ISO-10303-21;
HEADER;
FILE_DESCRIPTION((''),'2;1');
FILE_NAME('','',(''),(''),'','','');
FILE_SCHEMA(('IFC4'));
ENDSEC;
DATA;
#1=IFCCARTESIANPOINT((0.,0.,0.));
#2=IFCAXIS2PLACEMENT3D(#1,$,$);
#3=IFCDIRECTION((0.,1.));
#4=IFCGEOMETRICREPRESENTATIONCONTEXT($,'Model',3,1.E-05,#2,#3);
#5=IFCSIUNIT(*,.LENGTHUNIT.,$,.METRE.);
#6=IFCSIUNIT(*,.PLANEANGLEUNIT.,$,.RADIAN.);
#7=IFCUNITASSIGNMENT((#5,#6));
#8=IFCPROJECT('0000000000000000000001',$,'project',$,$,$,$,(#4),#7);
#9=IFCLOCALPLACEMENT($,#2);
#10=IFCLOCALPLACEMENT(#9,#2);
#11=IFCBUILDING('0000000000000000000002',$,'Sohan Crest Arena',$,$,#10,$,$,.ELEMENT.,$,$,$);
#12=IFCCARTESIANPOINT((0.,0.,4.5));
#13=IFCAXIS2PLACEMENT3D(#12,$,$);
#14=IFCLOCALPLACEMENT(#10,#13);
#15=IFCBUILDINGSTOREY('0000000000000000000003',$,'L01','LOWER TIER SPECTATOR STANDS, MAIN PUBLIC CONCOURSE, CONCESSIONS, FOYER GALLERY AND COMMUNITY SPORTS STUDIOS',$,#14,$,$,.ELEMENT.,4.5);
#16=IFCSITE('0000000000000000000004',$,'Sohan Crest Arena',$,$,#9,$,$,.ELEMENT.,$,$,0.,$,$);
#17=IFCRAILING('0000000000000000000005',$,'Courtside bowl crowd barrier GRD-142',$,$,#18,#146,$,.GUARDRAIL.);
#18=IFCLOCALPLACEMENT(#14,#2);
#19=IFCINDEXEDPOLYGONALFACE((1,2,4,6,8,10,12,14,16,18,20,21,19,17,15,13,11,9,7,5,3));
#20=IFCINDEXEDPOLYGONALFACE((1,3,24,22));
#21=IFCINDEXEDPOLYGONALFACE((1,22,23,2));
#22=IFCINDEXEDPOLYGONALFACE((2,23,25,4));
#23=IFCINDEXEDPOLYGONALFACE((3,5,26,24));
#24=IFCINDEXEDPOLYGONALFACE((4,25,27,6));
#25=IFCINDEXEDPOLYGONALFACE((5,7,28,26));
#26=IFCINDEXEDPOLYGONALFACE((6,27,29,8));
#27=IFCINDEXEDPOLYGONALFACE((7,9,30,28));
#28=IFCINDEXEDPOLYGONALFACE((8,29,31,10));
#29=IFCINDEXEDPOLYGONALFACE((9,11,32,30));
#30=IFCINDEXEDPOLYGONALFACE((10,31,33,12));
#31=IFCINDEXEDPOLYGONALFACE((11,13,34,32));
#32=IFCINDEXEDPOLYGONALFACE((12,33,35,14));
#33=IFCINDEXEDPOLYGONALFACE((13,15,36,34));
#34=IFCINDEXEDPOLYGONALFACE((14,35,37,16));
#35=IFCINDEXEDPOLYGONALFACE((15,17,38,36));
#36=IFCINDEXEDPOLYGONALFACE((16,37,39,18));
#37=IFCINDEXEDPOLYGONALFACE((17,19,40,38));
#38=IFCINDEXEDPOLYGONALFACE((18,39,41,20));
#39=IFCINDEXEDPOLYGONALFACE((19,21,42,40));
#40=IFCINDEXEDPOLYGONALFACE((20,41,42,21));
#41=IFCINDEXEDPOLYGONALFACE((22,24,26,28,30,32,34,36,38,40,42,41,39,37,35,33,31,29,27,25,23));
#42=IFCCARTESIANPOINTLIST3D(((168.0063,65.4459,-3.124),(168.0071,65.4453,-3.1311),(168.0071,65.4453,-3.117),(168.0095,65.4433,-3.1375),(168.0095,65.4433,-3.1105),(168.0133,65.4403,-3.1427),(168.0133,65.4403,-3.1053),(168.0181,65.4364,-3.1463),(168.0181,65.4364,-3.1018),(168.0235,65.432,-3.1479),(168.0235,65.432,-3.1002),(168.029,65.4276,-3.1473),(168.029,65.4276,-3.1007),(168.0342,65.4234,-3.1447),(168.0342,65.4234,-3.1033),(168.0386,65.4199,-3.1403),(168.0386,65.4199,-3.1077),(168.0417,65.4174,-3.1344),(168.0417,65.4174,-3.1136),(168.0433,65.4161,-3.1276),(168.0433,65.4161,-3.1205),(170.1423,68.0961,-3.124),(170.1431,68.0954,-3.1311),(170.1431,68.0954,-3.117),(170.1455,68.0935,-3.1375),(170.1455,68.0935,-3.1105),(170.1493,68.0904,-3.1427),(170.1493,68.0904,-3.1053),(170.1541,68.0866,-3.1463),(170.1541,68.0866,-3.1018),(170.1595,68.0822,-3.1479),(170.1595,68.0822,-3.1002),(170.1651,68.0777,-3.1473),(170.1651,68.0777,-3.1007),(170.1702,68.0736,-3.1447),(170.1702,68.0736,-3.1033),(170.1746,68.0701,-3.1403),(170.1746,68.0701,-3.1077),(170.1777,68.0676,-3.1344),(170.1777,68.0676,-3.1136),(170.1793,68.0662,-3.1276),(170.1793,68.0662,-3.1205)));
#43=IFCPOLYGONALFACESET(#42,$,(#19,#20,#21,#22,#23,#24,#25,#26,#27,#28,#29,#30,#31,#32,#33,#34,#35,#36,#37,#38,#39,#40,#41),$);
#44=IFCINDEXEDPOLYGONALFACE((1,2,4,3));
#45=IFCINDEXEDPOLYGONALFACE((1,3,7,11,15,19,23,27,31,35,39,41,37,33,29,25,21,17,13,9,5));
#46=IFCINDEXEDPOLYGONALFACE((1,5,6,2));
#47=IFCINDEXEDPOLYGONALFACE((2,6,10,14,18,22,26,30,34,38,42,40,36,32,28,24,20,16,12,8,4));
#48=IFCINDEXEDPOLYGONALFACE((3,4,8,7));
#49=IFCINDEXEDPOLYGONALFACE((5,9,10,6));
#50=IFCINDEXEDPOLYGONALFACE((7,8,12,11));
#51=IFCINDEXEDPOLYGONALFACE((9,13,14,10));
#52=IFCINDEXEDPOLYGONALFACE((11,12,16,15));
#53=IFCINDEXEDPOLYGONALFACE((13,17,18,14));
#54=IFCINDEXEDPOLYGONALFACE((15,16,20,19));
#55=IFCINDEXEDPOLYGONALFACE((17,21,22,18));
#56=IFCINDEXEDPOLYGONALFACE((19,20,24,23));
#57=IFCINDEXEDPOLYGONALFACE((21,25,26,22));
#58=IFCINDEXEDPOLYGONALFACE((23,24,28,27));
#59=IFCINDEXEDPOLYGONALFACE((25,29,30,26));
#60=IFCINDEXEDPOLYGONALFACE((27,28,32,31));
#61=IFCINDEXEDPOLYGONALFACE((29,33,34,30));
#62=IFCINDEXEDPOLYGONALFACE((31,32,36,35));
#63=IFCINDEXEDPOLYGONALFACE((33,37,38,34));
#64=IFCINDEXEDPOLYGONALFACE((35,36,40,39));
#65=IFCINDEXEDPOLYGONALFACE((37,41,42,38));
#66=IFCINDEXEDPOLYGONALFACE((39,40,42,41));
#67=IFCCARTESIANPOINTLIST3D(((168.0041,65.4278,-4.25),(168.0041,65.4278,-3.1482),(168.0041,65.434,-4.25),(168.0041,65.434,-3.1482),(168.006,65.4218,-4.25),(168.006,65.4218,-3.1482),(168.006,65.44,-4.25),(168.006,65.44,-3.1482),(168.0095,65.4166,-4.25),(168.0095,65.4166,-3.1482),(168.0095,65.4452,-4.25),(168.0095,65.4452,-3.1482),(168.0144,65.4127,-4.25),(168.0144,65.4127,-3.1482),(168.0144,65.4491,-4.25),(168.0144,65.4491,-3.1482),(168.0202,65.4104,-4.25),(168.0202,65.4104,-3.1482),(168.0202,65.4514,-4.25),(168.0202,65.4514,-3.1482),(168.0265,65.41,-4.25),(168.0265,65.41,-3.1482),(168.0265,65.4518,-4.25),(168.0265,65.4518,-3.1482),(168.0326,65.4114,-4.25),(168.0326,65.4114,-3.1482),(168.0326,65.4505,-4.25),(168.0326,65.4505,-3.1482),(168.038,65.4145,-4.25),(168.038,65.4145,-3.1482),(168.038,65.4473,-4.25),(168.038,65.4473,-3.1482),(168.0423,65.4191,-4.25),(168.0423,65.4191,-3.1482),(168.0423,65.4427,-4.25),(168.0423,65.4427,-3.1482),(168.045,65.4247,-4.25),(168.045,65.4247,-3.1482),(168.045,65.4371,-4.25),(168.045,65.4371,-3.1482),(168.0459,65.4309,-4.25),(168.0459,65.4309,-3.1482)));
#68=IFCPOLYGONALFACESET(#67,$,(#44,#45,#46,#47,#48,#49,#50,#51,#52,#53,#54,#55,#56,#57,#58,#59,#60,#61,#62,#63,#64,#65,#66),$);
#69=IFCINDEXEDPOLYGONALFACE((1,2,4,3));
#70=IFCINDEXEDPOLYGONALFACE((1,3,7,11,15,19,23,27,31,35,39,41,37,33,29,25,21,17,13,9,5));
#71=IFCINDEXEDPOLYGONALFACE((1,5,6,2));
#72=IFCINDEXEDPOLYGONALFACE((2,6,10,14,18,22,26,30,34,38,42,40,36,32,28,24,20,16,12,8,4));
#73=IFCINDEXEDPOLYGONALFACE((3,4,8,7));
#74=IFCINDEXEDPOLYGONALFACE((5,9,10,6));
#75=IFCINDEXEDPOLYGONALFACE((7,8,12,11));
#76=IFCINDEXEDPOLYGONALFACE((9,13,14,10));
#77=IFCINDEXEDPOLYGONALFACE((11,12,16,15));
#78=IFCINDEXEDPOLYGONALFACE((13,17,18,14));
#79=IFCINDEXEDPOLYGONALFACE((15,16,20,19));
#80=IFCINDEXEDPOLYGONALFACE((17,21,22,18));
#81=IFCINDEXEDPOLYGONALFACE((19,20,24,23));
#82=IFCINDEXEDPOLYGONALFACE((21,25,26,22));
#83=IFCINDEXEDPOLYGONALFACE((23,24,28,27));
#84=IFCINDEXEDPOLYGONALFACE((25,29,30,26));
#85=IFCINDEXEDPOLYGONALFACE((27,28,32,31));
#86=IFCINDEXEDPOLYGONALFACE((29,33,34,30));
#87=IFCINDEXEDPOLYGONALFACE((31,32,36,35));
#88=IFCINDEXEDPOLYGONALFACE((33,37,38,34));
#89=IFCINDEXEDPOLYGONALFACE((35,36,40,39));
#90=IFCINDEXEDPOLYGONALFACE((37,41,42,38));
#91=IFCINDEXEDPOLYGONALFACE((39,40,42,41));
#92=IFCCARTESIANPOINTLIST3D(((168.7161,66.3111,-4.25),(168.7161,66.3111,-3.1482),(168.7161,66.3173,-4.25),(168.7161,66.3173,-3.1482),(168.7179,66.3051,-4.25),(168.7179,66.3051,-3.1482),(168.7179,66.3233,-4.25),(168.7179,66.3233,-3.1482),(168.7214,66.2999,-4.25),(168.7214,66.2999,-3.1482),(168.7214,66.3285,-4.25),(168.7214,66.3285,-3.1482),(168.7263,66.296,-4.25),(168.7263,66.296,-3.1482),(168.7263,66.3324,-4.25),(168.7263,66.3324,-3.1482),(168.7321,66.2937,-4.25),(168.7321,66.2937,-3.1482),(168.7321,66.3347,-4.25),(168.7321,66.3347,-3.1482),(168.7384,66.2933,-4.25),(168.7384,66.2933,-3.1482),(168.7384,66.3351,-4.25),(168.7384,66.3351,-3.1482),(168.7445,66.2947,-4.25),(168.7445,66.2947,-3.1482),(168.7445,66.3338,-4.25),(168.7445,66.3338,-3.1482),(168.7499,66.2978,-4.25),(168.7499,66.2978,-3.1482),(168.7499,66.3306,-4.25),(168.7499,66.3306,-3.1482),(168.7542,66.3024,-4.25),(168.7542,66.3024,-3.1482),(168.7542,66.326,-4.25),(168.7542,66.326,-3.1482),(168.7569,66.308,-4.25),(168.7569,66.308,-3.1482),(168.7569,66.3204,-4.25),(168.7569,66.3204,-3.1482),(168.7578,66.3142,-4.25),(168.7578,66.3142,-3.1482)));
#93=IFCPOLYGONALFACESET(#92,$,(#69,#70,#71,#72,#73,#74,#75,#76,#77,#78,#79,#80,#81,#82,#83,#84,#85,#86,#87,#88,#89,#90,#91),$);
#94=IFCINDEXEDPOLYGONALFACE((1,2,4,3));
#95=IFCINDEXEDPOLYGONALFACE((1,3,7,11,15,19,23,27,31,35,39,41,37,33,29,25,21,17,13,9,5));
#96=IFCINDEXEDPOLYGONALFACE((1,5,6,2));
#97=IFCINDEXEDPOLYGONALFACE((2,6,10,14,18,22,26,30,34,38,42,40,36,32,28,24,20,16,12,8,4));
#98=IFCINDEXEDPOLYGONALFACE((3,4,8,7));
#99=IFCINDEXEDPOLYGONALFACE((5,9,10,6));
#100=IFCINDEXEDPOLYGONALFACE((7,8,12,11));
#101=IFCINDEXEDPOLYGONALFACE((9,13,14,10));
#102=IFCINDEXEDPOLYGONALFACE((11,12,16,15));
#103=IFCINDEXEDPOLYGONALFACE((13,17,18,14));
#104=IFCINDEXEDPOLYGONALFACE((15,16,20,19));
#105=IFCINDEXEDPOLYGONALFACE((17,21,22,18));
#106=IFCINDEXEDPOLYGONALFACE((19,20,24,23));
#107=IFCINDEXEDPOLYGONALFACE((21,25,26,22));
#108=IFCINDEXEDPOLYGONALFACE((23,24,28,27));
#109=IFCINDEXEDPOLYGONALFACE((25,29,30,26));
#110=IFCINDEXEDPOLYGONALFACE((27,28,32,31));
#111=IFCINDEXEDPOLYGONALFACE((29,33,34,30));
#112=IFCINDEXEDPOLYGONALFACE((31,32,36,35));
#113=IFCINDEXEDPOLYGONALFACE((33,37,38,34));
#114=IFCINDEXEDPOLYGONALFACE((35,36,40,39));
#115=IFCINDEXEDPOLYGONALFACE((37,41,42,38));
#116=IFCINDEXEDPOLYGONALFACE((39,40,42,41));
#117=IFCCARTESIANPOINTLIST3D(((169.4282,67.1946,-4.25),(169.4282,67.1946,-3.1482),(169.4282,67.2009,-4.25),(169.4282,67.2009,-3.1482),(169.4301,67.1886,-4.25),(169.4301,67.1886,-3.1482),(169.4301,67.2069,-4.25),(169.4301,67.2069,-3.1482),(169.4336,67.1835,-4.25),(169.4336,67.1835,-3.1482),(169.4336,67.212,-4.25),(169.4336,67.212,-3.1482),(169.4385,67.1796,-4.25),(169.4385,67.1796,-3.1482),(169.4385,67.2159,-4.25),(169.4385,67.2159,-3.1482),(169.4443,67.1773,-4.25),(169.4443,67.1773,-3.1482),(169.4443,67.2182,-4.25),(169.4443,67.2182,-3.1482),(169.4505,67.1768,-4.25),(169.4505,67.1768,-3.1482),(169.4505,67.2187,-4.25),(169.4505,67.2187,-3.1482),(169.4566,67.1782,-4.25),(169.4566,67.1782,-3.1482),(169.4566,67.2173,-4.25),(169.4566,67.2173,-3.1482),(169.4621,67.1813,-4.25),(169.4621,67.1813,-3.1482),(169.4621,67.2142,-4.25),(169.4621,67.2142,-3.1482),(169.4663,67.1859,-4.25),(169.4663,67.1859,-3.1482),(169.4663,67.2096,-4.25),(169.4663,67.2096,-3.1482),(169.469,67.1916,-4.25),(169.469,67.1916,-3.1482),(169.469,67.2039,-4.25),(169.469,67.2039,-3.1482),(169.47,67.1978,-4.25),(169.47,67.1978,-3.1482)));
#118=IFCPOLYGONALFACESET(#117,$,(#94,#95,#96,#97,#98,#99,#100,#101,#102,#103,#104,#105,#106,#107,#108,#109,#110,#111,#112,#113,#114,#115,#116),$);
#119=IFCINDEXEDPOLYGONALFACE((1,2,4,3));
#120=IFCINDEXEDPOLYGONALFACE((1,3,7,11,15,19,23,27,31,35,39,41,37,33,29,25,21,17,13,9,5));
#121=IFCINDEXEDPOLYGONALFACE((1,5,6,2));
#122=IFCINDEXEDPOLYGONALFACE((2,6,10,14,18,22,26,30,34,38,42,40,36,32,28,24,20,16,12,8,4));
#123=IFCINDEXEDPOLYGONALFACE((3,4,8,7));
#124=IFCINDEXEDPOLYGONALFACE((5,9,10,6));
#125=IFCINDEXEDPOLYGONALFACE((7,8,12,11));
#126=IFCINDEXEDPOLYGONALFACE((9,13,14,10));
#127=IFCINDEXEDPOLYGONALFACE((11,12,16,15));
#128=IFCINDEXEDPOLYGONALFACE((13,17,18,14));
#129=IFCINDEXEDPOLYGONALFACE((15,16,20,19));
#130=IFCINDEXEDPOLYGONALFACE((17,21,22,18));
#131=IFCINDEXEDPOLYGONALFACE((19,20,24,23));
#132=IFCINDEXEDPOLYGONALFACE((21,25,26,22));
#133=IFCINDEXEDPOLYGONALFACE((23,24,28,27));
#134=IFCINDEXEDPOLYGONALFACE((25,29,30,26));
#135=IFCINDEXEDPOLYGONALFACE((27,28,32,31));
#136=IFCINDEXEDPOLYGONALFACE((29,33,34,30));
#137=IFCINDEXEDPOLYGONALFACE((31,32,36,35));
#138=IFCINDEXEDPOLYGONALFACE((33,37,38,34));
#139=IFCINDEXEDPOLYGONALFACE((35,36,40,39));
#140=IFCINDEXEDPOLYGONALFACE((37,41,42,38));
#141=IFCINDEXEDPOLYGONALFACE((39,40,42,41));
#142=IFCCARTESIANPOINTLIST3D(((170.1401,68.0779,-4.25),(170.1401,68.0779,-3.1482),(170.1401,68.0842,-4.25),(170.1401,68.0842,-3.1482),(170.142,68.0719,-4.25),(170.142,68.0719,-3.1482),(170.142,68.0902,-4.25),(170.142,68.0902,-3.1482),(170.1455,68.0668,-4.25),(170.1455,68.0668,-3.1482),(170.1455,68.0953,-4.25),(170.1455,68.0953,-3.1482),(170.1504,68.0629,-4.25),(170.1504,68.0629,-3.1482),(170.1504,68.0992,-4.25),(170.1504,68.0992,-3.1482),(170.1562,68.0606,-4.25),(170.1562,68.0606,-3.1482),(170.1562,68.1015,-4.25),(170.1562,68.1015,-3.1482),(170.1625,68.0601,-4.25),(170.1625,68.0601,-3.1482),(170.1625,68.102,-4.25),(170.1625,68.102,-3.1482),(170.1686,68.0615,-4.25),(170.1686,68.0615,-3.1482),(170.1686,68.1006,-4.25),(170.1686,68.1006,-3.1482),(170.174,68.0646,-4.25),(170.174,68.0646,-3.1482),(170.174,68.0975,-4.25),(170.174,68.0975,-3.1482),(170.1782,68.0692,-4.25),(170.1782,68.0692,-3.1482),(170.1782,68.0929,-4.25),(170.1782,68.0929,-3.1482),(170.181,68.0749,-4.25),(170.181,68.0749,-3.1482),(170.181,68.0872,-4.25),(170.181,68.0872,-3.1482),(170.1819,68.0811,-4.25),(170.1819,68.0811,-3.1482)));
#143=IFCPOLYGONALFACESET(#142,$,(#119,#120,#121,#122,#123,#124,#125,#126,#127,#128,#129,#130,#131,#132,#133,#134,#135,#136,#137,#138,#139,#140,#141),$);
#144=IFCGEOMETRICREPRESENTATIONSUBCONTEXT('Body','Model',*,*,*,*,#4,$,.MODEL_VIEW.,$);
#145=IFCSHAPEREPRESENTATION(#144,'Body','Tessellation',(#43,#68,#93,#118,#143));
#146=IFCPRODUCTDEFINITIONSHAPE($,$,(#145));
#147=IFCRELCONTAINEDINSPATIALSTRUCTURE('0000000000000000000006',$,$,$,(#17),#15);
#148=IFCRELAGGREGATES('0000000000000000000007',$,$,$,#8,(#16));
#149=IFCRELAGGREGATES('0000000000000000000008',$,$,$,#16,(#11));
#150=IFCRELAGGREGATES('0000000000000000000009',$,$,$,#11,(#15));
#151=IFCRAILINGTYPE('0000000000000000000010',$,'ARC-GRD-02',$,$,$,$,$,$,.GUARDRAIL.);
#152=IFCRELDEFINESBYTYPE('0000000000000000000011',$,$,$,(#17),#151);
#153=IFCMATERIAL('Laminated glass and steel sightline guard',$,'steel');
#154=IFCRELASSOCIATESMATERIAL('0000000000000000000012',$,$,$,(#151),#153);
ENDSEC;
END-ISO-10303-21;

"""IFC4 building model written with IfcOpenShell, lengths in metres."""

from ifc_helpers import new_model, si_unit, direction, frame, origin, origin_2d, place, context, subcontext, project, spatial, circle, extrude, material, type_object, element, save


model = new_model("IFC4")

# Units and contexts
model_context = context("Model", 3, precision=1e-05, world=origin(), true_north=direction((0.0, 1.0)))
body_context = subcontext(model_context, "Body", "Model", "MODEL_VIEW")
ifc_project = project(units=[si_unit("LENGTHUNIT", "METRE"), si_unit("PLANEANGLEUNIT", "RADIAN")], contexts=[model_context])

# Site, building, storey
site_placement = place(None, origin())
site = spatial("IfcSite", under=ifc_project, at=site_placement, Name="Sohan Crest Arena", CompositionType="ELEMENT", RefElevation=0.0)
building_placement = place(site_placement, origin())
building = spatial("IfcBuilding", under=site, at=building_placement, Name="Sohan Crest Arena", CompositionType="ELEMENT")
storey_placement = place(building_placement, frame((0.0, 0.0, 4.5)))
storey = spatial("IfcBuildingStorey", under=building, at=storey_placement, Name="L01", Description="LOWER TIER SPECTATOR STANDS, MAIN PUBLIC CONCOURSE, CONCESSIONS, FOYER GALLERY AND COMMUNITY SPORTS STUDIOS", CompositionType="ELEMENT", Elevation=4.5)

# Railing
ifc_material_1 = material(Name="Laminated glass and steel sightline guard", Category="steel")
railing_type = type_object("IfcRailingType", Name="ARC-GRD-02", PredefinedType="GUARDRAIL", material=ifc_material_1)
railing_1_placement = place(storey_placement, frame((168.0249, 65.4309, -4.25)))
element("IfcRailing", 1, at=railing_1_placement, inside=storey, type_object=railing_type, Name="Courtside bowl crowd barrier GRD-142", PredefinedType="GUARDRAIL", context=body_context, shape_type="SweptSolid", body=[
    extrude(circle(Radius=0.0239, at=origin_2d()), frame((0.0, 0.0, 1.126), z_axis=(0.627534, 0.778589, 0.0), x_axis=(-0.778589, 0.627534, 0.0)), (0.0, 0.0, 1.0), 3.4038),
    extrude(circle(Radius=0.021, at=origin_2d()), origin(), (0.0, 0.0, 1.0), 1.1018),
    extrude(circle(Radius=0.021, at=origin_2d()), frame((0.7119, 0.8833, 0.0)), (0.0, 0.0, 1.0), 1.1018),
    extrude(circle(Radius=0.021, at=origin_2d()), frame((1.4241, 1.7668, 0.0)), (0.0, 0.0, 1.0), 1.1018),
    extrude(circle(Radius=0.021, at=origin_2d()), frame((2.136, 2.6501, 0.0)), (0.0, 0.0, 1.0), 1.1018),
])

save(model, "model.ifc")
